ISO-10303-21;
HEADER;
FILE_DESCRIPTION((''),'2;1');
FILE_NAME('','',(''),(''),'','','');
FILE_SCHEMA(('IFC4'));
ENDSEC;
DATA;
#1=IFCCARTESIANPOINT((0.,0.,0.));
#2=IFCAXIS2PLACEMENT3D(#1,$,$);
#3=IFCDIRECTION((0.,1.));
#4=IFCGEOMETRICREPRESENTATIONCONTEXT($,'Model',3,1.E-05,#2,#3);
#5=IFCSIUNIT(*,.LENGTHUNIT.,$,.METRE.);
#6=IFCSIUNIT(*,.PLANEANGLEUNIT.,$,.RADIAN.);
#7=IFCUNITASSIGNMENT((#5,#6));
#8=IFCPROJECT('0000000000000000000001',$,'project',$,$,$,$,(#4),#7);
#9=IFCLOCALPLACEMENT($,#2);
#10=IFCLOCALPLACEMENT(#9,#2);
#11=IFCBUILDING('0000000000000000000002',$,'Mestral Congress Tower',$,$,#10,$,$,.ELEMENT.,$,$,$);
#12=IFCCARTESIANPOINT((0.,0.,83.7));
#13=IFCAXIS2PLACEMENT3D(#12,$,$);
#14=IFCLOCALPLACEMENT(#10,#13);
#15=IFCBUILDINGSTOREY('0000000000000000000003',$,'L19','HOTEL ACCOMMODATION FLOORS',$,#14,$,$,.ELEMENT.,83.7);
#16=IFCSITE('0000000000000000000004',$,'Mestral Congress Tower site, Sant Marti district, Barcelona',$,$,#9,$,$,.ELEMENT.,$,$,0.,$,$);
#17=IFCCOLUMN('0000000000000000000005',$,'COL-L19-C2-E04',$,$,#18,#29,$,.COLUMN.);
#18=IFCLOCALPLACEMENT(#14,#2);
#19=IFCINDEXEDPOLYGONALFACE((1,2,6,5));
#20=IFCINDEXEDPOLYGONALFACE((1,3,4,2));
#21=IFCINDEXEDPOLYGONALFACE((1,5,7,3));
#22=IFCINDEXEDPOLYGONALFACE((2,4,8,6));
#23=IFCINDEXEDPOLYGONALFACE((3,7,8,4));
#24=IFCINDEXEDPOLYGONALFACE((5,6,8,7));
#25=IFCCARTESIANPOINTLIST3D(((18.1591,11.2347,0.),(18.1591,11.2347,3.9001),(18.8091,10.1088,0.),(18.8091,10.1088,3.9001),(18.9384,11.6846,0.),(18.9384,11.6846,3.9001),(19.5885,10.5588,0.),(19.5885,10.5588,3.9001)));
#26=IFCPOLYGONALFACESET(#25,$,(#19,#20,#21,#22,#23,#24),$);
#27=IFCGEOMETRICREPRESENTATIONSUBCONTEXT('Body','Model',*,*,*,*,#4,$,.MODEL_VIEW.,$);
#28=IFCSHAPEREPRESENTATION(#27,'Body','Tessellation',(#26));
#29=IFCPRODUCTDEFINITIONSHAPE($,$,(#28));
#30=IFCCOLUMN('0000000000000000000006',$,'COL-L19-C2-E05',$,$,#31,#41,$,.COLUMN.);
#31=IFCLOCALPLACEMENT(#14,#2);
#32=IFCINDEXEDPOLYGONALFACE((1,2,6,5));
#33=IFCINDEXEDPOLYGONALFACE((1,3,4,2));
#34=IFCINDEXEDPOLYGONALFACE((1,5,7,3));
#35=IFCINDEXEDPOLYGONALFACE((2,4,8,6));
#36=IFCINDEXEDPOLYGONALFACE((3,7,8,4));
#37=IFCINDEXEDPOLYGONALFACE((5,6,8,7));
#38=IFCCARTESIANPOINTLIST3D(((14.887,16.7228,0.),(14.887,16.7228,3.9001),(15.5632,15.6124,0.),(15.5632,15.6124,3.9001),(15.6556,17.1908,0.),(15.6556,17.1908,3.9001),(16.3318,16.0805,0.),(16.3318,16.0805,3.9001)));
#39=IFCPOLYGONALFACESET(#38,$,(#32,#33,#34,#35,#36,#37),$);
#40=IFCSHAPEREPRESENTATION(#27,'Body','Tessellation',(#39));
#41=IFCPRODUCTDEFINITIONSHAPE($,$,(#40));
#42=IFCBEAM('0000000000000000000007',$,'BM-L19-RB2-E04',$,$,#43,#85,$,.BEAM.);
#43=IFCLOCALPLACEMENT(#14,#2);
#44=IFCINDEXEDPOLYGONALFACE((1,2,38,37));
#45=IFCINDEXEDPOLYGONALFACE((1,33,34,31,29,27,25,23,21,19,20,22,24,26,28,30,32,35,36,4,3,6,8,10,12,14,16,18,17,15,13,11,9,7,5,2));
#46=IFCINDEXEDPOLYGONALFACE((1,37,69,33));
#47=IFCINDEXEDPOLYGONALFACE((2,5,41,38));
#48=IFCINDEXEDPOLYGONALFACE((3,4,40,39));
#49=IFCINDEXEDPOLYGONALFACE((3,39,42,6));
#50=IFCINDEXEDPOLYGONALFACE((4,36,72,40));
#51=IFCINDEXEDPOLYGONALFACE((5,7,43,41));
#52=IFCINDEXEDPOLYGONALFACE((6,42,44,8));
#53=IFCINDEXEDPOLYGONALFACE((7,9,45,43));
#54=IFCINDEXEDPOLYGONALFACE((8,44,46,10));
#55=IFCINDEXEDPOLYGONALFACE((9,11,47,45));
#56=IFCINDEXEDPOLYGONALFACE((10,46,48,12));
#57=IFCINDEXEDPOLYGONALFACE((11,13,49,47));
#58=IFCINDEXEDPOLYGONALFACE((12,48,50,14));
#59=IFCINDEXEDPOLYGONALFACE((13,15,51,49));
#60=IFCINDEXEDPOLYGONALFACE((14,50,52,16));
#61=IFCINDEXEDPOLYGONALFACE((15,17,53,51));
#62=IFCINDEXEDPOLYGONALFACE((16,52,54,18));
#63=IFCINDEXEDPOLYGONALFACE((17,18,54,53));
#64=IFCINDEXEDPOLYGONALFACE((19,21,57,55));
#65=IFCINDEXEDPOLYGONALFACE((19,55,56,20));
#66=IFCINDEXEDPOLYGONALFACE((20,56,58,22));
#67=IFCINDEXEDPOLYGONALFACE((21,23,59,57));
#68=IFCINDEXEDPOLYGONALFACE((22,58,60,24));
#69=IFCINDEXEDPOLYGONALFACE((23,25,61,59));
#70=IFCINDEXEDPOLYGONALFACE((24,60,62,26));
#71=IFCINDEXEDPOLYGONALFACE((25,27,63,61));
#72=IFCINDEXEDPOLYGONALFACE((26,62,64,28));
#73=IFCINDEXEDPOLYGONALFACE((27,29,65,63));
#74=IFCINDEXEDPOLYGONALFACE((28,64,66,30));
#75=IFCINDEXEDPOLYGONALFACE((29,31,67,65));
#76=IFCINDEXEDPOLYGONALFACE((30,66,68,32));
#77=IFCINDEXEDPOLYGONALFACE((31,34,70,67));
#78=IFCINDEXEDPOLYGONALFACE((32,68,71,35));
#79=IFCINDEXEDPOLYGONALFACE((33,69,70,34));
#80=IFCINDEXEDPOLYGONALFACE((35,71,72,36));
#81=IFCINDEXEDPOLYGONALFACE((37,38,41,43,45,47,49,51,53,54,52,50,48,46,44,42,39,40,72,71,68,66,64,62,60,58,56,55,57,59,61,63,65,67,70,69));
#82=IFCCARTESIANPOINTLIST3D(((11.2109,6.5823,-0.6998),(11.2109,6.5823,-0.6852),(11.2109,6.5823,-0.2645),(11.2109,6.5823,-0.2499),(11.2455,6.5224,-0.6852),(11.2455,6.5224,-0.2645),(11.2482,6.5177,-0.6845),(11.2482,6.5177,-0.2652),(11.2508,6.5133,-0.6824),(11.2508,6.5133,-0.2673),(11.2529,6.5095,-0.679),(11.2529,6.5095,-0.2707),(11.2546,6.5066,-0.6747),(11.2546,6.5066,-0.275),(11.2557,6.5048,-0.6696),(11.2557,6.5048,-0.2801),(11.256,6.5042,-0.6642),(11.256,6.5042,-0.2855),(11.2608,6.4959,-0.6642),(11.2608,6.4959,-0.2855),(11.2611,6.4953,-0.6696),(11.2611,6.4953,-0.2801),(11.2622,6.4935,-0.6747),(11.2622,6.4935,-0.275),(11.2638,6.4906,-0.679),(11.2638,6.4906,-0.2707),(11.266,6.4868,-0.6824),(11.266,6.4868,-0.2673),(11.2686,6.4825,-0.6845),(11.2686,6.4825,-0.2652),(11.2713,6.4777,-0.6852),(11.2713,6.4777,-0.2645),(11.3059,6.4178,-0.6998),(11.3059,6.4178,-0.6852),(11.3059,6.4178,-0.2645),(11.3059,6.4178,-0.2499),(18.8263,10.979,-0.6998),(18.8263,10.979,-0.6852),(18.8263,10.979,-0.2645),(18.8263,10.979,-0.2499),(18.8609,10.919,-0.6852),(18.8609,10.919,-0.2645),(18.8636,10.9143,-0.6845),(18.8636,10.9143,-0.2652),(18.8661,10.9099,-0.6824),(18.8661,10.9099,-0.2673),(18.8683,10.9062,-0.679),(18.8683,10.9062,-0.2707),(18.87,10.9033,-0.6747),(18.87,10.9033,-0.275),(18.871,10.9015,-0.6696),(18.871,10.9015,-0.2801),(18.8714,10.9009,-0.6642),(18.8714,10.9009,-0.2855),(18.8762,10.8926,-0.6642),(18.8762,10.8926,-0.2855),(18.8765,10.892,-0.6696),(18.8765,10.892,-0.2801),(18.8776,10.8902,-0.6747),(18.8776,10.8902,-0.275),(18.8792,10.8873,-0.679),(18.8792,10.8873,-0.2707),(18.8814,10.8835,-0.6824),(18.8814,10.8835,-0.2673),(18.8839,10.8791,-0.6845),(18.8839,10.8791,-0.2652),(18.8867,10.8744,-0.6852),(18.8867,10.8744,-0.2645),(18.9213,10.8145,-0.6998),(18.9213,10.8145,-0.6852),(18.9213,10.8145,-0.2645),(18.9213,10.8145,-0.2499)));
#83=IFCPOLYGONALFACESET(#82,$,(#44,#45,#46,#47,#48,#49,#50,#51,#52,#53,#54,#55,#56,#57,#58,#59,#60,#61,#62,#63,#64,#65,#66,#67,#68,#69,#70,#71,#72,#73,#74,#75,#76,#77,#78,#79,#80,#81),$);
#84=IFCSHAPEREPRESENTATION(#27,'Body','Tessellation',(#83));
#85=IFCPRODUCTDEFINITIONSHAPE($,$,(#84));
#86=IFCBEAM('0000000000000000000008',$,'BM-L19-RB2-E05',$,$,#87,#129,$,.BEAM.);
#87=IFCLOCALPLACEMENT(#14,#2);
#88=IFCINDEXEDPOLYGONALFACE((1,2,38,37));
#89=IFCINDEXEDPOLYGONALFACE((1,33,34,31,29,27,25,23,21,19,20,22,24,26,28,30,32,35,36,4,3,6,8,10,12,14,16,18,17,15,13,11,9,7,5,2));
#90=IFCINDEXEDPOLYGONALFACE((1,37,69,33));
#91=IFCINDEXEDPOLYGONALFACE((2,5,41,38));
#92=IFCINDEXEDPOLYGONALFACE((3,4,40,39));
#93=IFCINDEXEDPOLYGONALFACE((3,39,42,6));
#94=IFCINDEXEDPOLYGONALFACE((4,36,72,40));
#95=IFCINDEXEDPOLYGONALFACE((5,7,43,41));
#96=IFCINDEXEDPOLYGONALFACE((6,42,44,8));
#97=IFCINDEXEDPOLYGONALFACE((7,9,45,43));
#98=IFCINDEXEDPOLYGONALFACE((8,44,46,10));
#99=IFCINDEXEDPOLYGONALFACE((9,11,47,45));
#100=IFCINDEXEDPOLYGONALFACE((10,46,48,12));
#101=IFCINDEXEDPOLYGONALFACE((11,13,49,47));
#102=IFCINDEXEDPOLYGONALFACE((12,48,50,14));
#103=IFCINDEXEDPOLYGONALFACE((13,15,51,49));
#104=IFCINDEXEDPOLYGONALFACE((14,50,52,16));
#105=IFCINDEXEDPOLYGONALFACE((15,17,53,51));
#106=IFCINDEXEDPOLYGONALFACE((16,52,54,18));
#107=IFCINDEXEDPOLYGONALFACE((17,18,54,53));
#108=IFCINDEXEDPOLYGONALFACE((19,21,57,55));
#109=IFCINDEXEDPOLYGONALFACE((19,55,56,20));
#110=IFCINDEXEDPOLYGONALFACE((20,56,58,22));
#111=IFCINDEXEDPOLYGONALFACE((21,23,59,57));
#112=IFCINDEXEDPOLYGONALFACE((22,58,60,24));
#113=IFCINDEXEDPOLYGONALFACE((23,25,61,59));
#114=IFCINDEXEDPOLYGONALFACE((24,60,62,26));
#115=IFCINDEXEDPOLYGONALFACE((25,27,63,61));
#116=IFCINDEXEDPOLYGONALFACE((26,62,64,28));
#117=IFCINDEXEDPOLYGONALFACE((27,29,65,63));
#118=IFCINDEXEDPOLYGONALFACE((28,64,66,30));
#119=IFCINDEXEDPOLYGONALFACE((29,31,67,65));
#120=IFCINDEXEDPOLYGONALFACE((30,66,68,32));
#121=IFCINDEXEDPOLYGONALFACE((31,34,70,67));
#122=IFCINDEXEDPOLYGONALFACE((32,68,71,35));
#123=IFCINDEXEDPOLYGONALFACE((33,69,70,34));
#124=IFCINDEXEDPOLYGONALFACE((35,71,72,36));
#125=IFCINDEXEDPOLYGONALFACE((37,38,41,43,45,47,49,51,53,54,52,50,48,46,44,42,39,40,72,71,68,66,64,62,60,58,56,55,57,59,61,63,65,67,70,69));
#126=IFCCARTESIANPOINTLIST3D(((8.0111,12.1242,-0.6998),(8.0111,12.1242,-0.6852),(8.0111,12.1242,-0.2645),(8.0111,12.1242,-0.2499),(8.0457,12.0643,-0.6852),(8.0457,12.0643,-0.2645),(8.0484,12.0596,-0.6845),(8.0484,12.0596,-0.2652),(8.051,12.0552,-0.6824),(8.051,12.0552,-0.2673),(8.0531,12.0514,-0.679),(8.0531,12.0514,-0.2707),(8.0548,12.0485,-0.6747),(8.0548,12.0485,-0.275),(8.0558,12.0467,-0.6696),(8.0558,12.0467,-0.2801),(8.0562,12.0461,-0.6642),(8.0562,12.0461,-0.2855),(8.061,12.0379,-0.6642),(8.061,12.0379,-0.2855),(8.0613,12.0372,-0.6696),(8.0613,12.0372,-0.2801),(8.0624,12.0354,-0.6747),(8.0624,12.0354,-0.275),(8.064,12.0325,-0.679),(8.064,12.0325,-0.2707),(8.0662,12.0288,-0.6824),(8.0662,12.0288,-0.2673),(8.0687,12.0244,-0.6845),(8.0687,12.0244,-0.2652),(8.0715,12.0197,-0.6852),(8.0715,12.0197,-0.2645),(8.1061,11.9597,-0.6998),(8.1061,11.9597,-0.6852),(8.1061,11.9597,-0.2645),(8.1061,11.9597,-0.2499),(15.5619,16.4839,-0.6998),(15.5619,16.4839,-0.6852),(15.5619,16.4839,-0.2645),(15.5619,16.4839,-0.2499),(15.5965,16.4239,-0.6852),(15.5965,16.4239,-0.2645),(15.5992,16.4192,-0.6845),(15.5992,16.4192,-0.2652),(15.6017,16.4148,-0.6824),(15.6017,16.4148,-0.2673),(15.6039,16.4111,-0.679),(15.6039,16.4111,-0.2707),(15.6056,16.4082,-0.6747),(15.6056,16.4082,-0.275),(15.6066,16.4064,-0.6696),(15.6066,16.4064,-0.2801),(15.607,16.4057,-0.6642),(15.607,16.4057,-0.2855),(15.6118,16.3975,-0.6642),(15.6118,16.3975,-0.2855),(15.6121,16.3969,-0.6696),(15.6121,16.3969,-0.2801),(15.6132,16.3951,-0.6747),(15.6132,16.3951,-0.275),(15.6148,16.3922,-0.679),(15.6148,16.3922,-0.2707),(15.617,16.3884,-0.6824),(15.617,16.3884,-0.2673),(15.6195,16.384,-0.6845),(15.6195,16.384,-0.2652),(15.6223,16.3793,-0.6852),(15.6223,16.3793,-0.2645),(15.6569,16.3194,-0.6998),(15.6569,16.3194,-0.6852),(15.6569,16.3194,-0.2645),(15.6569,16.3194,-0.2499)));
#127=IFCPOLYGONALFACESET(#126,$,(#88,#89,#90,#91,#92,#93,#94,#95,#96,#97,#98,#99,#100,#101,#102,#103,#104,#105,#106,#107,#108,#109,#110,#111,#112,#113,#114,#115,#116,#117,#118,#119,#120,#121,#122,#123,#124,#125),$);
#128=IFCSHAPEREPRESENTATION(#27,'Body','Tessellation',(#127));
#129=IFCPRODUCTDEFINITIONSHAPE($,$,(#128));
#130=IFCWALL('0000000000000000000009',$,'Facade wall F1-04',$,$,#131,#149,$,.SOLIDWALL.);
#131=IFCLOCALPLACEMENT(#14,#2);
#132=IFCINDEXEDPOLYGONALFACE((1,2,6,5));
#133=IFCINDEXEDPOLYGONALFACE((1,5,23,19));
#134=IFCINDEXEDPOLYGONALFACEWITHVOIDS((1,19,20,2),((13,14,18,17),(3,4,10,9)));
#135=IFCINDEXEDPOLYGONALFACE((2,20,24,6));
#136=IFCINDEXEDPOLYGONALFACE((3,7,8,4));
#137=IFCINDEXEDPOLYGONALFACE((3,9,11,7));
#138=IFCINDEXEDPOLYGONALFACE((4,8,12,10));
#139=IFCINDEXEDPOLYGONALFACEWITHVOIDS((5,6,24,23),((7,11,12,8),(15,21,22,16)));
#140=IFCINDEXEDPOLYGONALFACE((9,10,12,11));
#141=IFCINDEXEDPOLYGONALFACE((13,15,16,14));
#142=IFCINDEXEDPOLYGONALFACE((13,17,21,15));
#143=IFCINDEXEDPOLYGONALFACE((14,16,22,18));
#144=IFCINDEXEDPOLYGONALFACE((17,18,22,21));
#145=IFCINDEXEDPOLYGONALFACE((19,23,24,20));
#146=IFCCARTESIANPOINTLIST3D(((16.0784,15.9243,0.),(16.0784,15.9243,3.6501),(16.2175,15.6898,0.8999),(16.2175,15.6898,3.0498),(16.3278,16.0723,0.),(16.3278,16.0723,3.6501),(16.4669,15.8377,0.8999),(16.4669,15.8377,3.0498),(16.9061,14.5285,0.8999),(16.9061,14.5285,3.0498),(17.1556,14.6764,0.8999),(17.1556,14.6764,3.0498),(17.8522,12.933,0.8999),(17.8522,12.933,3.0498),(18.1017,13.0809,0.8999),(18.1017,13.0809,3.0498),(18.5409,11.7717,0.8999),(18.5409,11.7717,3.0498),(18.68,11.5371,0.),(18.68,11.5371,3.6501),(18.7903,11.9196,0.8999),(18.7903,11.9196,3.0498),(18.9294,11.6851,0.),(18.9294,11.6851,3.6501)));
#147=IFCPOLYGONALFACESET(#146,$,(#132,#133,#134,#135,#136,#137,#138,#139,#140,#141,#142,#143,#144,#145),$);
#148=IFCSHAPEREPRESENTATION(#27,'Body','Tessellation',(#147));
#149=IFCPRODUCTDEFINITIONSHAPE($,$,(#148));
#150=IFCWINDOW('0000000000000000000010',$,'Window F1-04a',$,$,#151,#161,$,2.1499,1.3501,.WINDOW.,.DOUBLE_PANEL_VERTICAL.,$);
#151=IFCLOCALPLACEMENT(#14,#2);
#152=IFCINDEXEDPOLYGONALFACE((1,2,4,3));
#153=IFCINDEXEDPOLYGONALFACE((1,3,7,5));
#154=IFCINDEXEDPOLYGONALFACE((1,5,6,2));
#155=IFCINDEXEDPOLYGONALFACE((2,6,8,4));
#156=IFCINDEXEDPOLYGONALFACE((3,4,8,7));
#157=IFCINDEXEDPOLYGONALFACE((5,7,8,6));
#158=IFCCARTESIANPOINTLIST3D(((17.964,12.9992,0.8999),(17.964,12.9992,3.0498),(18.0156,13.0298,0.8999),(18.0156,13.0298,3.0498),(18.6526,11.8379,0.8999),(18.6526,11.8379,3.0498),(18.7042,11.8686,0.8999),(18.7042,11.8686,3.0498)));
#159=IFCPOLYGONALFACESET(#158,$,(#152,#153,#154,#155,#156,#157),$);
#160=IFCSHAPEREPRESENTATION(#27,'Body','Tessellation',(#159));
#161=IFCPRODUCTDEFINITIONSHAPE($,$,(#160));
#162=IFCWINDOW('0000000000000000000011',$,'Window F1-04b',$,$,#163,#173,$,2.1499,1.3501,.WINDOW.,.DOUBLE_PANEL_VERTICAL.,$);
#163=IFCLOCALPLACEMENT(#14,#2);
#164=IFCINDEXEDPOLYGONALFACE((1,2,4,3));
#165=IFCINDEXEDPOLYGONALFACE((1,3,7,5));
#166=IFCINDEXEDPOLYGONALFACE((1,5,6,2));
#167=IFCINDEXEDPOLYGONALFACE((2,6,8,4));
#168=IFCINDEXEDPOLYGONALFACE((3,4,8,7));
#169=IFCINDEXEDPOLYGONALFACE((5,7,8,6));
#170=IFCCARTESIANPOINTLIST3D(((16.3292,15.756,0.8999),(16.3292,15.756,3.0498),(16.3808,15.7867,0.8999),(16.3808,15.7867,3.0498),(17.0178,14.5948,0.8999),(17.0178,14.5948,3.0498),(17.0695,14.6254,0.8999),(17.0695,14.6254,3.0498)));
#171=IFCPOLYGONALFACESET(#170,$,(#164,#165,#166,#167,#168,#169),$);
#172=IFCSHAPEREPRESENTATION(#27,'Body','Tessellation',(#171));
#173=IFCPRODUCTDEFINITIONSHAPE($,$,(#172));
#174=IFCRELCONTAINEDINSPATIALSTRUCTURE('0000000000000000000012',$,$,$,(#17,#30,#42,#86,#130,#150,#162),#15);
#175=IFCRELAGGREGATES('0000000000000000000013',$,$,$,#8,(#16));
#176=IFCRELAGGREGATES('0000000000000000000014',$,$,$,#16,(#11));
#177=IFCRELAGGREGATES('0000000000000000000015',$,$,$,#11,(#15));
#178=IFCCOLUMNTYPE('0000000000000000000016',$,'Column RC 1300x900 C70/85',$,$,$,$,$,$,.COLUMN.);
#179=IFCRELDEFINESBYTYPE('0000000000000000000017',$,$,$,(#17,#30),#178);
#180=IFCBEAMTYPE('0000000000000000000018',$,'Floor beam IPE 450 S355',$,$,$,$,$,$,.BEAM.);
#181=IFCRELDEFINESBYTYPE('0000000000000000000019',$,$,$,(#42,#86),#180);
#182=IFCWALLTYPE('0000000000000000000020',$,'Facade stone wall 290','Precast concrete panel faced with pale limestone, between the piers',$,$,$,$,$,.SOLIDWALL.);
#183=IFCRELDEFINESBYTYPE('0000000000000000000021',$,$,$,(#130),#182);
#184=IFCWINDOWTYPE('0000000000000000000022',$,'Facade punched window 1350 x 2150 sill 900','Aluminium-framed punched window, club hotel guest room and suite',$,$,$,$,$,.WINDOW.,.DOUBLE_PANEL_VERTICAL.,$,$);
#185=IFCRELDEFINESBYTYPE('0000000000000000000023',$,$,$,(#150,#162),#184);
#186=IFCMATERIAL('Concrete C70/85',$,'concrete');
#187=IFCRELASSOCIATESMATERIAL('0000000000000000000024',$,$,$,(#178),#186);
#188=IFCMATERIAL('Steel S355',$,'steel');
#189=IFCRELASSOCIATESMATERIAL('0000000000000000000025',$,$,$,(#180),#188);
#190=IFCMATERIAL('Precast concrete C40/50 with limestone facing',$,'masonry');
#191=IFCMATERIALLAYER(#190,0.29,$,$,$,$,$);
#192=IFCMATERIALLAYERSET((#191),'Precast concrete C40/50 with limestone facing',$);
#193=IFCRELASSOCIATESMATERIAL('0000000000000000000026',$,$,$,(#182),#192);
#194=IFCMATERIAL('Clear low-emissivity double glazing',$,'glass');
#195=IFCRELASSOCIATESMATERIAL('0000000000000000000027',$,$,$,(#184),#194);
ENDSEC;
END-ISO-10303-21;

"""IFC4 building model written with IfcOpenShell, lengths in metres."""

from ifc_helpers import new_model, si_unit, direction, frame, frame_2d, origin, origin_2d, place, context, subcontext, project, spatial, rectangle, i_section, extrude, material, layer, layer_set, material_profile, profile_set, type_object, element, fill, save


model = new_model("IFC4")

# Units and contexts
model_context = context("Model", 3, precision=1e-05, world=origin(), true_north=direction((0.0, 1.0)))
body_context = subcontext(model_context, "Body", "Model", "MODEL_VIEW")
ifc_project = project(units=[si_unit("LENGTHUNIT", "METRE"), si_unit("PLANEANGLEUNIT", "RADIAN")], contexts=[model_context])

# Site, building, storey
site_placement = place(None, origin())
site = spatial("IfcSite", under=ifc_project, at=site_placement, Name="Mestral Congress Tower site, Sant Marti district, Barcelona", CompositionType="ELEMENT", RefElevation=0.0)
building_placement = place(site_placement, origin())
building = spatial("IfcBuilding", under=site, at=building_placement, Name="Mestral Congress Tower", CompositionType="ELEMENT")
storey_placement = place(building_placement, frame((0.0, 0.0, 83.7)))
storey = spatial("IfcBuildingStorey", under=building, at=storey_placement, Name="L19", Description="HOTEL ACCOMMODATION FLOORS", CompositionType="ELEMENT", Elevation=83.7)

# Columns
ifc_material_1 = material(Name="Concrete C70/85", Category="concrete")
ifc_material_profile_1 = material_profile(ifc_material_1, rectangle(XDim=1.3, YDim=0.8999, at=origin_2d()), Name="RC 1300x900")
ifc_profile_set_1 = profile_set([ifc_material_profile_1], Name="Concrete C70/85")
column_type = type_object("IfcColumnType", Name="Column RC 1300x900 C70/85", PredefinedType="COLUMN", material=ifc_profile_set_1)
for number, where, z_axis, x_axis, name in (
    (1, (18.8738, 10.8967, 0.0), (0.0, 0.0, 1.0), (-0.5, 0.866025, 0.0), "COL-L19-C2-E04"),
    (2, (15.6094, 16.4016, 0.0), (0.0, 0.0, 1.0), (-0.520114, 0.854097, 0.0), "COL-L19-C2-E05"),
):
    element("IfcColumn", number, at=place(storey_placement, frame(where, z_axis=z_axis, x_axis=x_axis)), inside=storey, type_object=column_type, Name=name, PredefinedType="COLUMN", context=body_context, shape_type="SweptSolid", body=[
        extrude(rectangle(XDim=1.3, YDim=0.8999, at=origin_2d()), origin(), (0.0, 0.0, 1.0), 3.9001),
    ])

# Beams
ifc_material_2 = material(Name="Steel S355", Category="steel")
ifc_material_profile_2 = material_profile(ifc_material_2, i_section(OverallWidth=0.1899, OverallDepth=0.45, WebThickness=0.0095, FlangeThickness=0.0146, FilletRadius=0.021, at=origin_2d()), Name="IPE 450")
ifc_profile_set_2 = profile_set([ifc_material_profile_2], Name="Steel S355")
beam_type = type_object("IfcBeamType", Name="Floor beam IPE 450 S355", PredefinedType="BEAM", material=ifc_profile_set_2)
beam_1_placement = place(storey_placement, frame((18.8738, 10.8967, -0.4749), z_axis=(-0.866029, -0.499994, 0.0), x_axis=(0.499994, -0.866029, 0.0)))
element("IfcBeam", 3, at=beam_1_placement, inside=storey, type_object=beam_type, Name="BM-L19-RB2-E04", PredefinedType="BEAM", context=body_context, shape_type="SweptSolid", body=[
    extrude(i_section(OverallWidth=0.1899, OverallDepth=0.45, WebThickness=0.0095, FlangeThickness=0.0146, FilletRadius=0.021, at=origin_2d()), origin(), (0.0, 0.0, 1.0), 8.7935),
])
beam_2_placement = place(storey_placement, frame((15.6094, 16.4016, -0.4749), z_axis=(-0.866017, -0.500015, 0.0), x_axis=(0.500015, -0.866017, 0.0)))
element("IfcBeam", 4, at=beam_2_placement, inside=storey, type_object=beam_type, Name="BM-L19-RB2-E05", PredefinedType="BEAM", context=body_context, shape_type="SweptSolid", body=[
    extrude(i_section(OverallWidth=0.1899, OverallDepth=0.45, WebThickness=0.0095, FlangeThickness=0.0146, FilletRadius=0.021, at=origin_2d()), origin(), (0.0, 0.0, 1.0), 8.719),
])

# Wall, openings, windows
ifc_material_3 = material(Name="Precast concrete C40/50 with limestone facing", Category="masonry")
ifc_layer_1 = layer(ifc_material_3, 0.29)
ifc_layer_set_1 = layer_set([ifc_layer_1], Name="Precast concrete C40/50 with limestone facing")
wall_type_1 = type_object("IfcWallType", Name="Facade stone wall 290", Description="Precast concrete panel faced with pale limestone, between the piers", PredefinedType="SOLIDWALL", material=ifc_layer_set_1)
wall_1_placement = place(storey_placement, frame((18.8047, 11.6111, 0.0), z_axis=(0.0, 0.0, 1.0), x_axis=(-0.510054, 0.860142, 0.0)))
wall_1 = element("IfcWall", 5, at=wall_1_placement, inside=storey, type_object=wall_type_1, Name="Facade wall F1-04", PredefinedType="SOLIDWALL", context=body_context, shape_type="SweptSolid", body=[
    extrude(rectangle(XDim=5.1006, YDim=0.29, at=frame_2d((2.5503, 0.0))), origin(), (0.0, 0.0, 1.0), 3.6501),
])
opening_1_placement = place(wall_1_placement, frame((0.2727, 0.0, 0.8999)))
opening_1 = element("IfcOpeningElement", 6, at=opening_1_placement, cuts=wall_1, PredefinedType="OPENING", context=body_context, shape_type="SweptSolid", body=[
    extrude(rectangle(XDim=1.3501, YDim=2.1499, at=frame_2d((0.675, 1.075))), frame((0.0, 0.155, 0.0), z_axis=(0.0, -1.0, 0.0), x_axis=(1.0, 0.0, 0.0)), (0.0, 0.0, 1.0), 0.3101),
])
opening_2_placement = place(wall_1_placement, frame((3.4778, 0.0, 0.8999)))
opening_2 = element("IfcOpeningElement", 7, at=opening_2_placement, cuts=wall_1, PredefinedType="OPENING", context=body_context, shape_type="SweptSolid", body=[
    extrude(rectangle(XDim=1.3501, YDim=2.1499, at=frame_2d((0.675, 1.075))), frame((0.0, 0.155, 0.0), z_axis=(0.0, -1.0, 0.0), x_axis=(1.0, 0.0, 0.0)), (0.0, 0.0, 1.0), 0.3101),
])
ifc_material_4 = material(Name="Clear low-emissivity double glazing", Category="glass")
window_type = type_object("IfcWindowType", Name="Facade punched window 1350 x 2150 sill 900", Description="Aluminium-framed punched window, club hotel guest room and suite", PartitioningType="DOUBLE_PANEL_VERTICAL", PredefinedType="WINDOW", material=ifc_material_4)
window_1_placement = place(opening_1_placement, origin())
window_1 = element("IfcWindow", 8, at=window_1_placement, inside=storey, type_object=window_type, Name="Window F1-04a", OverallHeight=2.1499, OverallWidth=1.3501, PartitioningType="DOUBLE_PANEL_VERTICAL", PredefinedType="WINDOW", context=body_context, shape_type="SweptSolid", body=[
    extrude(rectangle(XDim=1.3501, YDim=2.1499, at=frame_2d((0.675, 1.075))), frame((0.0, 0.0151, 0.0), z_axis=(0.0, -1.0, 0.0), x_axis=(1.0, 0.0, 0.0)), (0.0, 0.0, 1.0), 0.0601),
])
fill(opening_1, window_1)
window_2_placement = place(opening_2_placement, origin())
window_2 = element("IfcWindow", 9, at=window_2_placement, inside=storey, type_object=window_type, Name="Window F1-04b", OverallHeight=2.1499, OverallWidth=1.3501, PartitioningType="DOUBLE_PANEL_VERTICAL", PredefinedType="WINDOW", context=body_context, shape_type="SweptSolid", body=[
    extrude(rectangle(XDim=1.3501, YDim=2.1499, at=frame_2d((0.675, 1.075))), frame((0.0, 0.0151, 0.0), z_axis=(0.0, -1.0, 0.0), x_axis=(1.0, 0.0, 0.0)), (0.0, 0.0, 1.0), 0.0601),
])
fill(opening_2, window_2)

save(model, "model.ifc")
